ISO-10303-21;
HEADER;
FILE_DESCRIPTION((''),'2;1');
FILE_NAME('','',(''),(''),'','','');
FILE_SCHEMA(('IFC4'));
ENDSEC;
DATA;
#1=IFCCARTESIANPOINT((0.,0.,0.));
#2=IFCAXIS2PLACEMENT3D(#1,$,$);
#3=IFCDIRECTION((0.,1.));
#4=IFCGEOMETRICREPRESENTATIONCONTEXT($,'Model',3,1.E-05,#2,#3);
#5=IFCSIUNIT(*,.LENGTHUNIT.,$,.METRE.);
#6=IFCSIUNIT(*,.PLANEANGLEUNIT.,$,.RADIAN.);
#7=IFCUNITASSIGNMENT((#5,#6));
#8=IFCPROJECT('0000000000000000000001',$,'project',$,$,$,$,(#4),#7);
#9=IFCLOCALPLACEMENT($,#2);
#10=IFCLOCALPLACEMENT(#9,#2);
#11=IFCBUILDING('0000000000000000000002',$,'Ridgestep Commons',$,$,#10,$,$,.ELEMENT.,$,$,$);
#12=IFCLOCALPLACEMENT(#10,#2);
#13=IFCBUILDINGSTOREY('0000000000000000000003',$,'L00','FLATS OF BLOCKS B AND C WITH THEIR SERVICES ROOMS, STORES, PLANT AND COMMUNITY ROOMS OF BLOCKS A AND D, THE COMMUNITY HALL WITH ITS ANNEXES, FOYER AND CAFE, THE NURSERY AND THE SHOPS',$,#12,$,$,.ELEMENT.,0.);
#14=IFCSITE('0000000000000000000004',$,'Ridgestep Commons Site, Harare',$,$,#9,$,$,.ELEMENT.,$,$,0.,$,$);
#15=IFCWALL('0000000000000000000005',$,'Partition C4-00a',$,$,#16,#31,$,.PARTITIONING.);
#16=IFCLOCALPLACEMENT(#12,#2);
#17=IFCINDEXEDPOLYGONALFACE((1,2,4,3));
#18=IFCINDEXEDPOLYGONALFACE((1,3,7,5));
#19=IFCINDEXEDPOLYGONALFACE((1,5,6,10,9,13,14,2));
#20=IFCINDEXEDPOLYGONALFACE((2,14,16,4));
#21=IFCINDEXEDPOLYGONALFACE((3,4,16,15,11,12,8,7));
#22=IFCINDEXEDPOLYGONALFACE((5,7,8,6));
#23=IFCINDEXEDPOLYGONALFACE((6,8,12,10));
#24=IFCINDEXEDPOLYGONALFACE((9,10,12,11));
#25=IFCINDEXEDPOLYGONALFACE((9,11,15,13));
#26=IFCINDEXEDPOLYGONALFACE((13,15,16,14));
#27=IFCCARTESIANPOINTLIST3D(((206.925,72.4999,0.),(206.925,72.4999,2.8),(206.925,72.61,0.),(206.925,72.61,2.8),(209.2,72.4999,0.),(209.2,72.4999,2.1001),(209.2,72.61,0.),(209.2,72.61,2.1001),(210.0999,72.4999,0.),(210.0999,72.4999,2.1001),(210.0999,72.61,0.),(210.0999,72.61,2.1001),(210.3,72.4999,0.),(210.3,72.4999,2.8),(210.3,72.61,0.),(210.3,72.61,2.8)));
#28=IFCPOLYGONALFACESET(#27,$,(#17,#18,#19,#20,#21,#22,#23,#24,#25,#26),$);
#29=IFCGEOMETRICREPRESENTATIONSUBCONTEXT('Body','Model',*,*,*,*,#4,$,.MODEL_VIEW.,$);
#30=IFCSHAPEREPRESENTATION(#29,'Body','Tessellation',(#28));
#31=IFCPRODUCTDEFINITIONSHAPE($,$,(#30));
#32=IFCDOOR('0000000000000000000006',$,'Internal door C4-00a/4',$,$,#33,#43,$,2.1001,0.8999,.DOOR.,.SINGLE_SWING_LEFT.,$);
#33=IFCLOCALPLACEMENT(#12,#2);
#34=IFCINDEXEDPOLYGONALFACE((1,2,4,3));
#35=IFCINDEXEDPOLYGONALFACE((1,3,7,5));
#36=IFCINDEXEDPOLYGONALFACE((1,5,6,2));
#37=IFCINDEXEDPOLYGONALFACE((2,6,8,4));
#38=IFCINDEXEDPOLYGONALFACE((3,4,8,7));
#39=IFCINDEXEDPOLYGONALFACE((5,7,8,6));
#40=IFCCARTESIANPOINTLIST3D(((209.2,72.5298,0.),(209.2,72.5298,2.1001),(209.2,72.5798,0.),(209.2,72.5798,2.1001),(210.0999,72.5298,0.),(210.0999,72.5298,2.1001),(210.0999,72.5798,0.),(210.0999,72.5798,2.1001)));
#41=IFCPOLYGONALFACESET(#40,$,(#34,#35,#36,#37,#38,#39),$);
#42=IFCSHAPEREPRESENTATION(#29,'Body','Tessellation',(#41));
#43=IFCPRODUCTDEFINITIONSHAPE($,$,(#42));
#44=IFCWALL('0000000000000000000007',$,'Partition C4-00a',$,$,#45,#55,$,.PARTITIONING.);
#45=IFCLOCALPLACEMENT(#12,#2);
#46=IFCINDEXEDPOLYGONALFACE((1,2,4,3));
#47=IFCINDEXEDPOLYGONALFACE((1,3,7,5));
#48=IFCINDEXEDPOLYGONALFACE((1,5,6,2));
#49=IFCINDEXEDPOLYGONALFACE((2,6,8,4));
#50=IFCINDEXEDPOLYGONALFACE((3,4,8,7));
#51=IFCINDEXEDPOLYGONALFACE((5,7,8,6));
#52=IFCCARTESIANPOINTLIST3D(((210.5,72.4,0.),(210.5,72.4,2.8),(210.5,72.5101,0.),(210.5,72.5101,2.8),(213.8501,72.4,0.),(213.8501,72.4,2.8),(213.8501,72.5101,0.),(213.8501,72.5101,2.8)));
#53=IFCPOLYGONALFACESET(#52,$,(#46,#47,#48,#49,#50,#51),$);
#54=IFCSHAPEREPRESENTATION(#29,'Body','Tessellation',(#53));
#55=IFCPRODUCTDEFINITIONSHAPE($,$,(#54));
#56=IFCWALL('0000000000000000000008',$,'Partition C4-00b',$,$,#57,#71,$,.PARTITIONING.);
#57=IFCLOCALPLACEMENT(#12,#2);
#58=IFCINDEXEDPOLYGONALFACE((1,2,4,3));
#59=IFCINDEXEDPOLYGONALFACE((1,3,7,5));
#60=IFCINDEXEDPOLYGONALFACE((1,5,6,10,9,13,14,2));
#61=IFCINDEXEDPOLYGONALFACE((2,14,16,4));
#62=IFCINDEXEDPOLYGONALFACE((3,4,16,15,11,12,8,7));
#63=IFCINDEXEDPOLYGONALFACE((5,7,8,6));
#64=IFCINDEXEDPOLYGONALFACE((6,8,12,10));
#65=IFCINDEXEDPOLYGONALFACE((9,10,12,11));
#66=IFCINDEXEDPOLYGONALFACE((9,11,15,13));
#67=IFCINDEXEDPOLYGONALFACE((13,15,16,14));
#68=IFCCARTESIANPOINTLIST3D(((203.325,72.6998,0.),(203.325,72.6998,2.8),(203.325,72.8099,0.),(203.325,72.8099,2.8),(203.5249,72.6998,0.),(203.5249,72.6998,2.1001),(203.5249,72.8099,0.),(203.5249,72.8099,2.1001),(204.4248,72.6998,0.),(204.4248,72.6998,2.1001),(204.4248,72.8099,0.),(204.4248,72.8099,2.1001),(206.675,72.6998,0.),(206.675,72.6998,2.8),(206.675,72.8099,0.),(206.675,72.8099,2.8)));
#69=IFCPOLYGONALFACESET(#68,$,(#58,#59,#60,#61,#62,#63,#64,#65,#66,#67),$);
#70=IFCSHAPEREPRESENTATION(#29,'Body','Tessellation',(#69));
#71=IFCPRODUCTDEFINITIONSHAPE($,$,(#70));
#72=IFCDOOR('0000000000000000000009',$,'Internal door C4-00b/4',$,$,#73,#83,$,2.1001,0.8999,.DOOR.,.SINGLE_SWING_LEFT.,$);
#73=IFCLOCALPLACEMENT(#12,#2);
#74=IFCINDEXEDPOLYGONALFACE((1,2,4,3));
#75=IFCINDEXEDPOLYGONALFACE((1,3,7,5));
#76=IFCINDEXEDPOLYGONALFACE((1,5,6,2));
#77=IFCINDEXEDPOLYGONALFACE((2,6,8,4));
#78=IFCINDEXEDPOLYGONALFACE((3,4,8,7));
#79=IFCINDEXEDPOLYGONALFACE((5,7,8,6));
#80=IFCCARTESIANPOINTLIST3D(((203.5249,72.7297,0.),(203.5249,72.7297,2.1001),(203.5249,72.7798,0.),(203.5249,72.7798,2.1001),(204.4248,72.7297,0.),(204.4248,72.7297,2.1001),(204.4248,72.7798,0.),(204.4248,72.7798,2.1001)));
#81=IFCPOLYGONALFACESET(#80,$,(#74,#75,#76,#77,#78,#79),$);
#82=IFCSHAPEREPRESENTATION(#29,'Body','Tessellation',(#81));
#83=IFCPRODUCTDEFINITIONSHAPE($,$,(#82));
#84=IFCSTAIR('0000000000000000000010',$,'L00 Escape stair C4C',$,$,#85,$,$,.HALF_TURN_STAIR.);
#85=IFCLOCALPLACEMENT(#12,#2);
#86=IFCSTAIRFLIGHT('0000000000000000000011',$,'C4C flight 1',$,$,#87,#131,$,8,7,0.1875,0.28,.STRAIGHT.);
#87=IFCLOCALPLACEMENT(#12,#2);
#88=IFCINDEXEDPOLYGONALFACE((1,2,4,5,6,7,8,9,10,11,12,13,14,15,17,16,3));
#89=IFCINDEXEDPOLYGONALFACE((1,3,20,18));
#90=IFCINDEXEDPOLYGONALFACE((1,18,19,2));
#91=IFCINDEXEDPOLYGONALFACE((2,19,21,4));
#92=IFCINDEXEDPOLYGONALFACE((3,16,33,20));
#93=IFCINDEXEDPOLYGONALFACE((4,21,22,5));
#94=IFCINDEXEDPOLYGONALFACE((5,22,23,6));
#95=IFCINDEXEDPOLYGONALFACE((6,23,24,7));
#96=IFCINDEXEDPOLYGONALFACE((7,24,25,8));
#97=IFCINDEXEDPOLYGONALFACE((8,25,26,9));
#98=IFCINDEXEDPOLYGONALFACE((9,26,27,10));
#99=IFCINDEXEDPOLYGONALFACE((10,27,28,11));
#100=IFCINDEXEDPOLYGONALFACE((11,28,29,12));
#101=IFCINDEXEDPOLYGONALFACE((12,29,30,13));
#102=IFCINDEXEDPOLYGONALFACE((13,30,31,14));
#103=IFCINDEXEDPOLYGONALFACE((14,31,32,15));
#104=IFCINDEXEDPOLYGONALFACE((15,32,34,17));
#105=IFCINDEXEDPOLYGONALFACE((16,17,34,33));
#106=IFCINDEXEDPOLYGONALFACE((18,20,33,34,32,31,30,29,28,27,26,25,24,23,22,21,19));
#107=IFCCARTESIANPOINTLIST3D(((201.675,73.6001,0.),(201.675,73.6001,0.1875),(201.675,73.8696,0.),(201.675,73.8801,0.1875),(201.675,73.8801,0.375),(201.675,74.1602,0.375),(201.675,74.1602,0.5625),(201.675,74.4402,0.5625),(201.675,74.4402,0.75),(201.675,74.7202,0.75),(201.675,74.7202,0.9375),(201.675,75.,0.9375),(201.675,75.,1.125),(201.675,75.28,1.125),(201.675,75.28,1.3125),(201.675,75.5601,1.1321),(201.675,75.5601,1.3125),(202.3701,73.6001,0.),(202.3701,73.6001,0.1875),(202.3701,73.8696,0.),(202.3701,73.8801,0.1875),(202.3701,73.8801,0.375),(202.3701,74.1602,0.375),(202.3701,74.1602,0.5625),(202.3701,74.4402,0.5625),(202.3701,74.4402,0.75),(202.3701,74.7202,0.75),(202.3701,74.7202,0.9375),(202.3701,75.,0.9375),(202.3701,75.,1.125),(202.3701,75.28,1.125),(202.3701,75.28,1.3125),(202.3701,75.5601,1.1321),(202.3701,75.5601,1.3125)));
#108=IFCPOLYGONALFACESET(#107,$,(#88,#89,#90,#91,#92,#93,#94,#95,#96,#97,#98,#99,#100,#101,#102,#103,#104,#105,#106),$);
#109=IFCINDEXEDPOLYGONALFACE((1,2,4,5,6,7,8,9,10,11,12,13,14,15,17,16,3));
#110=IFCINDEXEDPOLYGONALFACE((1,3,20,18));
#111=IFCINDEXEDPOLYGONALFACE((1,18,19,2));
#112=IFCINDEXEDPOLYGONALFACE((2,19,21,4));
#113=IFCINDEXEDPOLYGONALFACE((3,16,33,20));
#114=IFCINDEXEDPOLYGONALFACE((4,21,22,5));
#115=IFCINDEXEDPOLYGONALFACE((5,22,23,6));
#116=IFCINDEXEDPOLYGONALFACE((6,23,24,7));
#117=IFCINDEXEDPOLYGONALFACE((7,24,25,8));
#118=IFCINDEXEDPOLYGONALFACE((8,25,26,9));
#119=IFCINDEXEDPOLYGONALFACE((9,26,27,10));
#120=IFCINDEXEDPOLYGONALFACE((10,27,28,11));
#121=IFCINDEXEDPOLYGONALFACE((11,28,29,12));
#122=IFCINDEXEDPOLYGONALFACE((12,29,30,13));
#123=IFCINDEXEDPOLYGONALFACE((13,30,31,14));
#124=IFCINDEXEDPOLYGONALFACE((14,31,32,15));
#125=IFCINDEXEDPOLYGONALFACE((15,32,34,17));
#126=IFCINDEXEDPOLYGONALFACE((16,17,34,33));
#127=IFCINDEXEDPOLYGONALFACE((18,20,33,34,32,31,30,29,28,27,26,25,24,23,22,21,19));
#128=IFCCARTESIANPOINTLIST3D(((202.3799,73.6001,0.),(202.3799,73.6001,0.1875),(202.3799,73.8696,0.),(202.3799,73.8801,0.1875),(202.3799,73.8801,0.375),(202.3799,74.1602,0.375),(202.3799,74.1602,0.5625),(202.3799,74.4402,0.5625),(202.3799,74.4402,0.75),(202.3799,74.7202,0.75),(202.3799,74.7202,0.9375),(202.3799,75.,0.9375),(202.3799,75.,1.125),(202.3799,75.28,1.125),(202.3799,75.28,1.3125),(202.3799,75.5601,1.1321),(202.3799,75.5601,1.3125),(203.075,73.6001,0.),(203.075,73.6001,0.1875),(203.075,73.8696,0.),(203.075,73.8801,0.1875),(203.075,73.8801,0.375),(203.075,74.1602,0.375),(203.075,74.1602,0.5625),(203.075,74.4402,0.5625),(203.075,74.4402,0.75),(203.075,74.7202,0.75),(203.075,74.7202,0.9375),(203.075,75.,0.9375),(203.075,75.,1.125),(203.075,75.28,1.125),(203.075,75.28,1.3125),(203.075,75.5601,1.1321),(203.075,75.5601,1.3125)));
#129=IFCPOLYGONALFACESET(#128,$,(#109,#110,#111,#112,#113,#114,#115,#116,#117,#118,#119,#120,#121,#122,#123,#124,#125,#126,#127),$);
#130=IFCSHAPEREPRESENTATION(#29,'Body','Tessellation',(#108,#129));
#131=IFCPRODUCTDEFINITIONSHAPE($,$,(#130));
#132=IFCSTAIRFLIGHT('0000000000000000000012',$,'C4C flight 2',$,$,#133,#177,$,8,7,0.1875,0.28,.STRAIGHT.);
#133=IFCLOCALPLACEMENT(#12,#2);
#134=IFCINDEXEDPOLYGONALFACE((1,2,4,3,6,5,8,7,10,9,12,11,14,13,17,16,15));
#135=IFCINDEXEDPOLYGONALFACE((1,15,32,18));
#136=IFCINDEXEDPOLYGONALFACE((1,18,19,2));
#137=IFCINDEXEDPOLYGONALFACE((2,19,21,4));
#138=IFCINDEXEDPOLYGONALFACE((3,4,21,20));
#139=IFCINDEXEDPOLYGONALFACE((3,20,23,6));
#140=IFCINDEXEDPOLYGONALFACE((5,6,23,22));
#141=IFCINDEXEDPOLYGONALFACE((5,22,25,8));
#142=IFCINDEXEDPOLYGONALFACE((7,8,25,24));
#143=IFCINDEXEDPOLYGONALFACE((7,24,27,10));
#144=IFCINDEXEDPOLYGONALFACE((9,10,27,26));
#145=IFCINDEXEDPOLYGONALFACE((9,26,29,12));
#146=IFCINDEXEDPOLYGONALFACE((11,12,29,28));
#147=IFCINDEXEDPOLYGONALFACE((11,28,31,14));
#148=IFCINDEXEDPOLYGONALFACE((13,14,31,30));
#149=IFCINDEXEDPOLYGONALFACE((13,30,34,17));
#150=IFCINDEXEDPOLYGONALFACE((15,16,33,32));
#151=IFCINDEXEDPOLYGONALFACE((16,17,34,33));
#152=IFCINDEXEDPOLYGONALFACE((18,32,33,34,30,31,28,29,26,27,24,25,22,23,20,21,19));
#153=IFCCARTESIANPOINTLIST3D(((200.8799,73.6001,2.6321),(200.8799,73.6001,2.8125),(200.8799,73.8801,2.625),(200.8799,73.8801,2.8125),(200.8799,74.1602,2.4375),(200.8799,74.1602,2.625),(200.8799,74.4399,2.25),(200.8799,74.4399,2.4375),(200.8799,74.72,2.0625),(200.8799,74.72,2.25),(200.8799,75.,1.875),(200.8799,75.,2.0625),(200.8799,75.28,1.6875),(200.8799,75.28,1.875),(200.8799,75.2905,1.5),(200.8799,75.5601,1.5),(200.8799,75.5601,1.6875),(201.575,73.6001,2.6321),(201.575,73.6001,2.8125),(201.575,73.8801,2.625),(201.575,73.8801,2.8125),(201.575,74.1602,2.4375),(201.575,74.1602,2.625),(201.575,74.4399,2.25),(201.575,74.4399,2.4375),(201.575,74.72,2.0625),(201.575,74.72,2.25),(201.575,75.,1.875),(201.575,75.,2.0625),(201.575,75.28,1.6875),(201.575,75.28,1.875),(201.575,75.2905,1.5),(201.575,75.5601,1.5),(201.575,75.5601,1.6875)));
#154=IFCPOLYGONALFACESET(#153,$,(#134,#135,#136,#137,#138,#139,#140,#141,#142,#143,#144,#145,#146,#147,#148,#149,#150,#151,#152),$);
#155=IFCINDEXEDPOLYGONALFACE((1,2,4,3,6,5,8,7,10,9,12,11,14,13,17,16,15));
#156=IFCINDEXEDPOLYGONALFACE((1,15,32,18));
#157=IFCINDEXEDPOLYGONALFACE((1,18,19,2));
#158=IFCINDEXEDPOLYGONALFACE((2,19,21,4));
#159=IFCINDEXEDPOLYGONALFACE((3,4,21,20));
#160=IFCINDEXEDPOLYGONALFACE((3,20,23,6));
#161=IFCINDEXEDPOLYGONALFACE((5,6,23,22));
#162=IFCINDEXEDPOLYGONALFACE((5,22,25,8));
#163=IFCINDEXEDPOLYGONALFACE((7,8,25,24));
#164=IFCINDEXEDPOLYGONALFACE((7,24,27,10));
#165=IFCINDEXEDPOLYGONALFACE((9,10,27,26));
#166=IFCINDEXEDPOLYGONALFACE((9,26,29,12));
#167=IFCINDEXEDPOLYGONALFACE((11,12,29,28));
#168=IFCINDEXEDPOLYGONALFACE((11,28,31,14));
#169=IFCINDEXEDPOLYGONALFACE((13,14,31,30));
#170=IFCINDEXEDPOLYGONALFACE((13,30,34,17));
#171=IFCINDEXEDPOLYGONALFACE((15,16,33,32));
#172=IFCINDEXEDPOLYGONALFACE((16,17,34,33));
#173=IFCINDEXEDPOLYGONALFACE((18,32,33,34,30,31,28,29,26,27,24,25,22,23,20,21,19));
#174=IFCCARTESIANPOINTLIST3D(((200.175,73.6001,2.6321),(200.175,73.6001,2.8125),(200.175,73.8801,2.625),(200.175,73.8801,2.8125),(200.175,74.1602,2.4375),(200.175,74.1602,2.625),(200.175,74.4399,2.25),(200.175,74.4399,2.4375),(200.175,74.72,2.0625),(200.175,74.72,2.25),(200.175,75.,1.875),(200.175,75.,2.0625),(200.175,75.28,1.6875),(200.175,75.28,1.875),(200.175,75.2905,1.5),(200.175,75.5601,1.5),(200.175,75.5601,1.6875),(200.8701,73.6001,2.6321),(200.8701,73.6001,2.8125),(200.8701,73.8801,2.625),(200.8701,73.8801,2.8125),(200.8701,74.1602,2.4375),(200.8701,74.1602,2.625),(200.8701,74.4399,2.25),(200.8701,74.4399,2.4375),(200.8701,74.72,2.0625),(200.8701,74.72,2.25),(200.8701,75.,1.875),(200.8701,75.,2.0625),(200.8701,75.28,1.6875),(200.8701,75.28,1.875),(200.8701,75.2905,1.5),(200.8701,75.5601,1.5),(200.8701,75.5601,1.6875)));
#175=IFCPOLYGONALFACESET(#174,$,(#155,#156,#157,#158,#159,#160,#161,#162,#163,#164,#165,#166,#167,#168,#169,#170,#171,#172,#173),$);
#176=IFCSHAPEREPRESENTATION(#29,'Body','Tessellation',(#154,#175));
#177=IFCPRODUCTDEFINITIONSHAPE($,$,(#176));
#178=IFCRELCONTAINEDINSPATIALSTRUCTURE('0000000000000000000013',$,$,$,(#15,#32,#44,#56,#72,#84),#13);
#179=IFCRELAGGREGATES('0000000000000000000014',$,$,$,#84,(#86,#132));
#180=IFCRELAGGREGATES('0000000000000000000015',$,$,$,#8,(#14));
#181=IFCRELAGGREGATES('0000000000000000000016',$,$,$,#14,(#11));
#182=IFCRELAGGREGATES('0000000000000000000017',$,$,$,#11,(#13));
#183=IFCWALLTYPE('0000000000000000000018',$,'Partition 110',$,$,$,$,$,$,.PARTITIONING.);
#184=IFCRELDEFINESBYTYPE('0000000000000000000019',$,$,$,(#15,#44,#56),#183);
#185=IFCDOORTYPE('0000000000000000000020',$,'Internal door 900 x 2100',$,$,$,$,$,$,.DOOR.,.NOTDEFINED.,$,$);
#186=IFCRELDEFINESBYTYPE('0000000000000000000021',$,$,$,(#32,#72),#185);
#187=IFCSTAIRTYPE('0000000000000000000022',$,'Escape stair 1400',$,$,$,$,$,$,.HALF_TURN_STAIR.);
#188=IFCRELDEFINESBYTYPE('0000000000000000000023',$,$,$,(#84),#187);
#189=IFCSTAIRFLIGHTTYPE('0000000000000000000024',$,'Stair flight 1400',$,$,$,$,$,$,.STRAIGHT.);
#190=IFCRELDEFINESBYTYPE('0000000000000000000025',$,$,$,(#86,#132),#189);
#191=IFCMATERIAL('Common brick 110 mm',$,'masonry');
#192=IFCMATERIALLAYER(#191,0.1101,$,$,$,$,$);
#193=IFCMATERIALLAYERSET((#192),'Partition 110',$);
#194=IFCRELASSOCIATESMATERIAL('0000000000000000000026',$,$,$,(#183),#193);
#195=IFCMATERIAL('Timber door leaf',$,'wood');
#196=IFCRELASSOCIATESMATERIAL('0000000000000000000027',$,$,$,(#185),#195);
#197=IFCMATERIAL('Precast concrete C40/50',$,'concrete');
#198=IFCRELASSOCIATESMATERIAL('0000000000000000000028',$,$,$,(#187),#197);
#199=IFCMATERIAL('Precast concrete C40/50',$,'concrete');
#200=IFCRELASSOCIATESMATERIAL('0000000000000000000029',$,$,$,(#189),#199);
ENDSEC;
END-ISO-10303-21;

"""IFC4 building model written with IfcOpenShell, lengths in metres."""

from ifc_helpers import new_model, si_unit, direction, frame, frame_2d, origin, place, context, subcontext, project, spatial, polyline, rectangle, outline, extrude, material, layer, layer_set, type_object, element, fill, aggregate, save


model = new_model("IFC4")

# Units and contexts
model_context = context("Model", 3, precision=1e-05, world=origin(), true_north=direction((0.0, 1.0)))
body_context = subcontext(model_context, "Body", "Model", "MODEL_VIEW")
ifc_project = project(units=[si_unit("LENGTHUNIT", "METRE"), si_unit("PLANEANGLEUNIT", "RADIAN")], contexts=[model_context])

# Site, building, storey
site_placement = place(None, origin())
site = spatial("IfcSite", under=ifc_project, at=site_placement, Name="Ridgestep Commons Site, Harare", CompositionType="ELEMENT", RefElevation=0.0)
building_placement = place(site_placement, origin())
building = spatial("IfcBuilding", under=site, at=building_placement, Name="Ridgestep Commons", CompositionType="ELEMENT")
storey_placement = place(building_placement, origin())
storey = spatial("IfcBuildingStorey", under=building, at=storey_placement, Name="L00", Description="FLATS OF BLOCKS B AND C WITH THEIR SERVICES ROOMS, STORES, PLANT AND COMMUNITY ROOMS OF BLOCKS A AND D, THE COMMUNITY HALL WITH ITS ANNEXES, FOYER AND CAFE, THE NURSERY AND THE SHOPS", CompositionType="ELEMENT", Elevation=0.0)

# Wall, opening, door
ifc_material_1 = material(Name="Common brick 110 mm", Category="masonry")
ifc_layer_1 = layer(ifc_material_1, 0.1101)
ifc_layer_set_1 = layer_set([ifc_layer_1], Name="Partition 110")
wall_type_1 = type_object("IfcWallType", Name="Partition 110", PredefinedType="PARTITIONING", material=ifc_layer_set_1)
wall_1_placement = place(storey_placement, frame((206.925, 72.5549, 0.0), z_axis=(0.0, 0.0, 1.0), x_axis=(1.0, 0.0, 0.0)))
wall_1 = element("IfcWall", 1, at=wall_1_placement, inside=storey, type_object=wall_type_1, Name="Partition C4-00a", PredefinedType="PARTITIONING", context=body_context, shape_type="SweptSolid", body=[
    extrude(rectangle(XDim=3.375, YDim=0.1101, at=frame_2d((1.6875, 0.0))), origin(), (0.0, 0.0, 1.0), 2.8),
])
opening_1_placement = place(wall_1_placement, frame((2.2749, 0.0, 0.0)))
opening_1 = element("IfcOpeningElement", 2, at=opening_1_placement, cuts=wall_1, PredefinedType="OPENING", context=body_context, shape_type="SweptSolid", body=[
    extrude(rectangle(XDim=0.8999, YDim=2.1001, at=frame_2d((0.45, 1.05))), frame((0.0, 0.0649, 0.0), z_axis=(0.0, -1.0, 0.0), x_axis=(1.0, 0.0, 0.0)), (0.0, 0.0, 1.0), 0.1301),
])
ifc_material_2 = material(Name="Timber door leaf", Category="wood")
door_type_1 = type_object("IfcDoorType", Name="Internal door 900 x 2100", OperationType="NOTDEFINED", PredefinedType="DOOR", material=ifc_material_2)
door_1_placement = place(opening_1_placement, origin())
door_1 = element("IfcDoor", 3, at=door_1_placement, inside=storey, type_object=door_type_1, Name="Internal door C4-00a/4", OperationType="SINGLE_SWING_LEFT", OverallHeight=2.1001, OverallWidth=0.8999, PredefinedType="DOOR", context=body_context, shape_type="SweptSolid", body=[
    extrude(rectangle(XDim=0.8999, YDim=2.1001, at=frame_2d((0.45, 1.05))), frame((0.0, 0.0249, 0.0), z_axis=(0.0, -1.0, 0.0), x_axis=(1.0, 0.0, 0.0)), (0.0, 0.0, 1.0), 0.05),
])
fill(opening_1, door_1)

# Wall
wall_2_placement = place(storey_placement, frame((210.5, 72.4551, 0.0), z_axis=(0.0, 0.0, 1.0), x_axis=(1.0, 0.0, 0.0)))
element("IfcWall", 4, at=wall_2_placement, inside=storey, type_object=wall_type_1, Name="Partition C4-00a", PredefinedType="PARTITIONING", context=body_context, shape_type="SweptSolid", body=[
    extrude(rectangle(XDim=3.3501, YDim=0.1101, at=frame_2d((1.675, 0.0))), origin(), (0.0, 0.0, 1.0), 2.8),
])

# Wall, opening, door
wall_3_placement = place(storey_placement, frame((203.325, 72.7549, 0.0), z_axis=(0.0, 0.0, 1.0), x_axis=(1.0, 0.0, 0.0)))
wall_3 = element("IfcWall", 5, at=wall_3_placement, inside=storey, type_object=wall_type_1, Name="Partition C4-00b", PredefinedType="PARTITIONING", context=body_context, shape_type="SweptSolid", body=[
    extrude(rectangle(XDim=3.3501, YDim=0.1101, at=frame_2d((1.675, 0.0))), origin(), (0.0, 0.0, 1.0), 2.8),
])
opening_2_placement = place(wall_3_placement, frame((0.2, 0.0, 0.0)))
opening_2 = element("IfcOpeningElement", 6, at=opening_2_placement, cuts=wall_3, PredefinedType="OPENING", context=body_context, shape_type="SweptSolid", body=[
    extrude(rectangle(XDim=0.8999, YDim=2.1001, at=frame_2d((0.45, 1.05))), frame((0.0, 0.0649, 0.0), z_axis=(0.0, -1.0, 0.0), x_axis=(1.0, 0.0, 0.0)), (0.0, 0.0, 1.0), 0.1301),
])
door_2_placement = place(opening_2_placement, origin())
door_2 = element("IfcDoor", 7, at=door_2_placement, inside=storey, type_object=door_type_1, Name="Internal door C4-00b/4", OperationType="SINGLE_SWING_LEFT", OverallHeight=2.1001, OverallWidth=0.8999, PredefinedType="DOOR", context=body_context, shape_type="SweptSolid", body=[
    extrude(rectangle(XDim=0.8999, YDim=2.1001, at=frame_2d((0.45, 1.05))), frame((0.0, 0.0249, 0.0), z_axis=(0.0, -1.0, 0.0), x_axis=(1.0, 0.0, 0.0)), (0.0, 0.0, 1.0), 0.05),
])
fill(opening_2, door_2)

# Stair, stair flights
ifc_material_3 = material(Name="Precast concrete C40/50", Category="concrete")
stair_type = type_object("IfcStairType", Name="Escape stair 1400", PredefinedType="HALF_TURN_STAIR", material=ifc_material_3)
stair_placement = place(storey_placement, origin())
stair = element("IfcStair", 8, at=stair_placement, inside=storey, type_object=stair_type, Name="L00 Escape stair C4C", PredefinedType="HALF_TURN_STAIR")
ifc_material_4 = material(Name="Precast concrete C40/50", Category="concrete")
stair_flight_type = type_object("IfcStairFlightType", Name="Stair flight 1400", PredefinedType="STRAIGHT", material=ifc_material_4)
stair_flight_1_placement = place(storey_placement, frame((202.375, 73.6001, 0.0), z_axis=(0.0, 0.0, 1.0), x_axis=(0.0, 1.0, 0.0)))
stair_flight_1 = element("IfcStairFlight", 9, at=stair_flight_1_placement, type_object=stair_flight_type, Name="C4C flight 1", NumberOfRisers=8, NumberOfTreads=7, PredefinedType="STRAIGHT", RiserHeight=0.1875, TreadLength=0.28, context=body_context, shape_type="SweptSolid", body=[
    extrude(outline(polyline([(0.0, 0.0), (0.0, 0.1875), (0.28, 0.1875), (0.28, 0.375), (0.5601, 0.375), (0.5601, 0.5625), (0.8401, 0.5625), (0.8401, 0.75), (1.1201, 0.75), (1.1201, 0.9375), (1.3999, 0.9375), (1.3999, 1.125), (1.6799, 1.125), (1.6799, 1.3125), (1.96, 1.3125), (1.96, 1.5), (1.96, 1.1321), (0.2695, 0.0), (0.0, 0.0)])), frame((0.0, 0.7, 0.0), z_axis=(0.0, -1.0, 0.0), x_axis=(1.0, 0.0, 0.0)), (0.0, 0.0, 1.0), 0.6951),
    extrude(outline(polyline([(0.0, 0.0), (0.0, 0.1875), (0.28, 0.1875), (0.28, 0.375), (0.5601, 0.375), (0.5601, 0.5625), (0.8401, 0.5625), (0.8401, 0.75), (1.1201, 0.75), (1.1201, 0.9375), (1.3999, 0.9375), (1.3999, 1.125), (1.6799, 1.125), (1.6799, 1.3125), (1.96, 1.3125), (1.96, 1.5), (1.96, 1.1321), (0.2695, 0.0), (0.0, 0.0)])), frame((0.0, -0.0049, 0.0), z_axis=(0.0, -1.0, 0.0), x_axis=(1.0, 0.0, 0.0)), (0.0, 0.0, 1.0), 0.6951),
])
stair_flight_2_placement = place(storey_placement, frame((200.875, 75.5601, 1.5), z_axis=(0.0, 0.0, 1.0), x_axis=(0.0, -1.0, 0.0)))
stair_flight_2 = element("IfcStairFlight", 10, at=stair_flight_2_placement, type_object=stair_flight_type, Name="C4C flight 2", NumberOfRisers=8, NumberOfTreads=7, PredefinedType="STRAIGHT", RiserHeight=0.1875, TreadLength=0.28, context=body_context, shape_type="SweptSolid", body=[
    extrude(outline(polyline([(0.0, 0.0), (0.0, 0.1875), (0.28, 0.1875), (0.28, 0.375), (0.5601, 0.375), (0.5601, 0.5625), (0.8401, 0.5625), (0.8401, 0.75), (1.1201, 0.75), (1.1201, 0.9375), (1.3999, 0.9375), (1.3999, 1.125), (1.6799, 1.125), (1.6799, 1.3125), (1.96, 1.3125), (1.96, 1.5), (1.96, 1.1321), (0.2695, 0.0), (0.0, 0.0)])), frame((0.0, 0.7, 0.0), z_axis=(0.0, -1.0, 0.0), x_axis=(1.0, 0.0, 0.0)), (0.0, 0.0, 1.0), 0.6951),
    extrude(outline(polyline([(0.0, 0.0), (0.0, 0.1875), (0.28, 0.1875), (0.28, 0.375), (0.5601, 0.375), (0.5601, 0.5625), (0.8401, 0.5625), (0.8401, 0.75), (1.1201, 0.75), (1.1201, 0.9375), (1.3999, 0.9375), (1.3999, 1.125), (1.6799, 1.125), (1.6799, 1.3125), (1.96, 1.3125), (1.96, 1.5), (1.96, 1.1321), (0.2695, 0.0), (0.0, 0.0)])), frame((0.0, -0.0049, 0.0), z_axis=(0.0, -1.0, 0.0), x_axis=(1.0, 0.0, 0.0)), (0.0, 0.0, 1.0), 0.6951),
])
aggregate(stair, [stair_flight_1, stair_flight_2])

save(model, "model.ifc")
